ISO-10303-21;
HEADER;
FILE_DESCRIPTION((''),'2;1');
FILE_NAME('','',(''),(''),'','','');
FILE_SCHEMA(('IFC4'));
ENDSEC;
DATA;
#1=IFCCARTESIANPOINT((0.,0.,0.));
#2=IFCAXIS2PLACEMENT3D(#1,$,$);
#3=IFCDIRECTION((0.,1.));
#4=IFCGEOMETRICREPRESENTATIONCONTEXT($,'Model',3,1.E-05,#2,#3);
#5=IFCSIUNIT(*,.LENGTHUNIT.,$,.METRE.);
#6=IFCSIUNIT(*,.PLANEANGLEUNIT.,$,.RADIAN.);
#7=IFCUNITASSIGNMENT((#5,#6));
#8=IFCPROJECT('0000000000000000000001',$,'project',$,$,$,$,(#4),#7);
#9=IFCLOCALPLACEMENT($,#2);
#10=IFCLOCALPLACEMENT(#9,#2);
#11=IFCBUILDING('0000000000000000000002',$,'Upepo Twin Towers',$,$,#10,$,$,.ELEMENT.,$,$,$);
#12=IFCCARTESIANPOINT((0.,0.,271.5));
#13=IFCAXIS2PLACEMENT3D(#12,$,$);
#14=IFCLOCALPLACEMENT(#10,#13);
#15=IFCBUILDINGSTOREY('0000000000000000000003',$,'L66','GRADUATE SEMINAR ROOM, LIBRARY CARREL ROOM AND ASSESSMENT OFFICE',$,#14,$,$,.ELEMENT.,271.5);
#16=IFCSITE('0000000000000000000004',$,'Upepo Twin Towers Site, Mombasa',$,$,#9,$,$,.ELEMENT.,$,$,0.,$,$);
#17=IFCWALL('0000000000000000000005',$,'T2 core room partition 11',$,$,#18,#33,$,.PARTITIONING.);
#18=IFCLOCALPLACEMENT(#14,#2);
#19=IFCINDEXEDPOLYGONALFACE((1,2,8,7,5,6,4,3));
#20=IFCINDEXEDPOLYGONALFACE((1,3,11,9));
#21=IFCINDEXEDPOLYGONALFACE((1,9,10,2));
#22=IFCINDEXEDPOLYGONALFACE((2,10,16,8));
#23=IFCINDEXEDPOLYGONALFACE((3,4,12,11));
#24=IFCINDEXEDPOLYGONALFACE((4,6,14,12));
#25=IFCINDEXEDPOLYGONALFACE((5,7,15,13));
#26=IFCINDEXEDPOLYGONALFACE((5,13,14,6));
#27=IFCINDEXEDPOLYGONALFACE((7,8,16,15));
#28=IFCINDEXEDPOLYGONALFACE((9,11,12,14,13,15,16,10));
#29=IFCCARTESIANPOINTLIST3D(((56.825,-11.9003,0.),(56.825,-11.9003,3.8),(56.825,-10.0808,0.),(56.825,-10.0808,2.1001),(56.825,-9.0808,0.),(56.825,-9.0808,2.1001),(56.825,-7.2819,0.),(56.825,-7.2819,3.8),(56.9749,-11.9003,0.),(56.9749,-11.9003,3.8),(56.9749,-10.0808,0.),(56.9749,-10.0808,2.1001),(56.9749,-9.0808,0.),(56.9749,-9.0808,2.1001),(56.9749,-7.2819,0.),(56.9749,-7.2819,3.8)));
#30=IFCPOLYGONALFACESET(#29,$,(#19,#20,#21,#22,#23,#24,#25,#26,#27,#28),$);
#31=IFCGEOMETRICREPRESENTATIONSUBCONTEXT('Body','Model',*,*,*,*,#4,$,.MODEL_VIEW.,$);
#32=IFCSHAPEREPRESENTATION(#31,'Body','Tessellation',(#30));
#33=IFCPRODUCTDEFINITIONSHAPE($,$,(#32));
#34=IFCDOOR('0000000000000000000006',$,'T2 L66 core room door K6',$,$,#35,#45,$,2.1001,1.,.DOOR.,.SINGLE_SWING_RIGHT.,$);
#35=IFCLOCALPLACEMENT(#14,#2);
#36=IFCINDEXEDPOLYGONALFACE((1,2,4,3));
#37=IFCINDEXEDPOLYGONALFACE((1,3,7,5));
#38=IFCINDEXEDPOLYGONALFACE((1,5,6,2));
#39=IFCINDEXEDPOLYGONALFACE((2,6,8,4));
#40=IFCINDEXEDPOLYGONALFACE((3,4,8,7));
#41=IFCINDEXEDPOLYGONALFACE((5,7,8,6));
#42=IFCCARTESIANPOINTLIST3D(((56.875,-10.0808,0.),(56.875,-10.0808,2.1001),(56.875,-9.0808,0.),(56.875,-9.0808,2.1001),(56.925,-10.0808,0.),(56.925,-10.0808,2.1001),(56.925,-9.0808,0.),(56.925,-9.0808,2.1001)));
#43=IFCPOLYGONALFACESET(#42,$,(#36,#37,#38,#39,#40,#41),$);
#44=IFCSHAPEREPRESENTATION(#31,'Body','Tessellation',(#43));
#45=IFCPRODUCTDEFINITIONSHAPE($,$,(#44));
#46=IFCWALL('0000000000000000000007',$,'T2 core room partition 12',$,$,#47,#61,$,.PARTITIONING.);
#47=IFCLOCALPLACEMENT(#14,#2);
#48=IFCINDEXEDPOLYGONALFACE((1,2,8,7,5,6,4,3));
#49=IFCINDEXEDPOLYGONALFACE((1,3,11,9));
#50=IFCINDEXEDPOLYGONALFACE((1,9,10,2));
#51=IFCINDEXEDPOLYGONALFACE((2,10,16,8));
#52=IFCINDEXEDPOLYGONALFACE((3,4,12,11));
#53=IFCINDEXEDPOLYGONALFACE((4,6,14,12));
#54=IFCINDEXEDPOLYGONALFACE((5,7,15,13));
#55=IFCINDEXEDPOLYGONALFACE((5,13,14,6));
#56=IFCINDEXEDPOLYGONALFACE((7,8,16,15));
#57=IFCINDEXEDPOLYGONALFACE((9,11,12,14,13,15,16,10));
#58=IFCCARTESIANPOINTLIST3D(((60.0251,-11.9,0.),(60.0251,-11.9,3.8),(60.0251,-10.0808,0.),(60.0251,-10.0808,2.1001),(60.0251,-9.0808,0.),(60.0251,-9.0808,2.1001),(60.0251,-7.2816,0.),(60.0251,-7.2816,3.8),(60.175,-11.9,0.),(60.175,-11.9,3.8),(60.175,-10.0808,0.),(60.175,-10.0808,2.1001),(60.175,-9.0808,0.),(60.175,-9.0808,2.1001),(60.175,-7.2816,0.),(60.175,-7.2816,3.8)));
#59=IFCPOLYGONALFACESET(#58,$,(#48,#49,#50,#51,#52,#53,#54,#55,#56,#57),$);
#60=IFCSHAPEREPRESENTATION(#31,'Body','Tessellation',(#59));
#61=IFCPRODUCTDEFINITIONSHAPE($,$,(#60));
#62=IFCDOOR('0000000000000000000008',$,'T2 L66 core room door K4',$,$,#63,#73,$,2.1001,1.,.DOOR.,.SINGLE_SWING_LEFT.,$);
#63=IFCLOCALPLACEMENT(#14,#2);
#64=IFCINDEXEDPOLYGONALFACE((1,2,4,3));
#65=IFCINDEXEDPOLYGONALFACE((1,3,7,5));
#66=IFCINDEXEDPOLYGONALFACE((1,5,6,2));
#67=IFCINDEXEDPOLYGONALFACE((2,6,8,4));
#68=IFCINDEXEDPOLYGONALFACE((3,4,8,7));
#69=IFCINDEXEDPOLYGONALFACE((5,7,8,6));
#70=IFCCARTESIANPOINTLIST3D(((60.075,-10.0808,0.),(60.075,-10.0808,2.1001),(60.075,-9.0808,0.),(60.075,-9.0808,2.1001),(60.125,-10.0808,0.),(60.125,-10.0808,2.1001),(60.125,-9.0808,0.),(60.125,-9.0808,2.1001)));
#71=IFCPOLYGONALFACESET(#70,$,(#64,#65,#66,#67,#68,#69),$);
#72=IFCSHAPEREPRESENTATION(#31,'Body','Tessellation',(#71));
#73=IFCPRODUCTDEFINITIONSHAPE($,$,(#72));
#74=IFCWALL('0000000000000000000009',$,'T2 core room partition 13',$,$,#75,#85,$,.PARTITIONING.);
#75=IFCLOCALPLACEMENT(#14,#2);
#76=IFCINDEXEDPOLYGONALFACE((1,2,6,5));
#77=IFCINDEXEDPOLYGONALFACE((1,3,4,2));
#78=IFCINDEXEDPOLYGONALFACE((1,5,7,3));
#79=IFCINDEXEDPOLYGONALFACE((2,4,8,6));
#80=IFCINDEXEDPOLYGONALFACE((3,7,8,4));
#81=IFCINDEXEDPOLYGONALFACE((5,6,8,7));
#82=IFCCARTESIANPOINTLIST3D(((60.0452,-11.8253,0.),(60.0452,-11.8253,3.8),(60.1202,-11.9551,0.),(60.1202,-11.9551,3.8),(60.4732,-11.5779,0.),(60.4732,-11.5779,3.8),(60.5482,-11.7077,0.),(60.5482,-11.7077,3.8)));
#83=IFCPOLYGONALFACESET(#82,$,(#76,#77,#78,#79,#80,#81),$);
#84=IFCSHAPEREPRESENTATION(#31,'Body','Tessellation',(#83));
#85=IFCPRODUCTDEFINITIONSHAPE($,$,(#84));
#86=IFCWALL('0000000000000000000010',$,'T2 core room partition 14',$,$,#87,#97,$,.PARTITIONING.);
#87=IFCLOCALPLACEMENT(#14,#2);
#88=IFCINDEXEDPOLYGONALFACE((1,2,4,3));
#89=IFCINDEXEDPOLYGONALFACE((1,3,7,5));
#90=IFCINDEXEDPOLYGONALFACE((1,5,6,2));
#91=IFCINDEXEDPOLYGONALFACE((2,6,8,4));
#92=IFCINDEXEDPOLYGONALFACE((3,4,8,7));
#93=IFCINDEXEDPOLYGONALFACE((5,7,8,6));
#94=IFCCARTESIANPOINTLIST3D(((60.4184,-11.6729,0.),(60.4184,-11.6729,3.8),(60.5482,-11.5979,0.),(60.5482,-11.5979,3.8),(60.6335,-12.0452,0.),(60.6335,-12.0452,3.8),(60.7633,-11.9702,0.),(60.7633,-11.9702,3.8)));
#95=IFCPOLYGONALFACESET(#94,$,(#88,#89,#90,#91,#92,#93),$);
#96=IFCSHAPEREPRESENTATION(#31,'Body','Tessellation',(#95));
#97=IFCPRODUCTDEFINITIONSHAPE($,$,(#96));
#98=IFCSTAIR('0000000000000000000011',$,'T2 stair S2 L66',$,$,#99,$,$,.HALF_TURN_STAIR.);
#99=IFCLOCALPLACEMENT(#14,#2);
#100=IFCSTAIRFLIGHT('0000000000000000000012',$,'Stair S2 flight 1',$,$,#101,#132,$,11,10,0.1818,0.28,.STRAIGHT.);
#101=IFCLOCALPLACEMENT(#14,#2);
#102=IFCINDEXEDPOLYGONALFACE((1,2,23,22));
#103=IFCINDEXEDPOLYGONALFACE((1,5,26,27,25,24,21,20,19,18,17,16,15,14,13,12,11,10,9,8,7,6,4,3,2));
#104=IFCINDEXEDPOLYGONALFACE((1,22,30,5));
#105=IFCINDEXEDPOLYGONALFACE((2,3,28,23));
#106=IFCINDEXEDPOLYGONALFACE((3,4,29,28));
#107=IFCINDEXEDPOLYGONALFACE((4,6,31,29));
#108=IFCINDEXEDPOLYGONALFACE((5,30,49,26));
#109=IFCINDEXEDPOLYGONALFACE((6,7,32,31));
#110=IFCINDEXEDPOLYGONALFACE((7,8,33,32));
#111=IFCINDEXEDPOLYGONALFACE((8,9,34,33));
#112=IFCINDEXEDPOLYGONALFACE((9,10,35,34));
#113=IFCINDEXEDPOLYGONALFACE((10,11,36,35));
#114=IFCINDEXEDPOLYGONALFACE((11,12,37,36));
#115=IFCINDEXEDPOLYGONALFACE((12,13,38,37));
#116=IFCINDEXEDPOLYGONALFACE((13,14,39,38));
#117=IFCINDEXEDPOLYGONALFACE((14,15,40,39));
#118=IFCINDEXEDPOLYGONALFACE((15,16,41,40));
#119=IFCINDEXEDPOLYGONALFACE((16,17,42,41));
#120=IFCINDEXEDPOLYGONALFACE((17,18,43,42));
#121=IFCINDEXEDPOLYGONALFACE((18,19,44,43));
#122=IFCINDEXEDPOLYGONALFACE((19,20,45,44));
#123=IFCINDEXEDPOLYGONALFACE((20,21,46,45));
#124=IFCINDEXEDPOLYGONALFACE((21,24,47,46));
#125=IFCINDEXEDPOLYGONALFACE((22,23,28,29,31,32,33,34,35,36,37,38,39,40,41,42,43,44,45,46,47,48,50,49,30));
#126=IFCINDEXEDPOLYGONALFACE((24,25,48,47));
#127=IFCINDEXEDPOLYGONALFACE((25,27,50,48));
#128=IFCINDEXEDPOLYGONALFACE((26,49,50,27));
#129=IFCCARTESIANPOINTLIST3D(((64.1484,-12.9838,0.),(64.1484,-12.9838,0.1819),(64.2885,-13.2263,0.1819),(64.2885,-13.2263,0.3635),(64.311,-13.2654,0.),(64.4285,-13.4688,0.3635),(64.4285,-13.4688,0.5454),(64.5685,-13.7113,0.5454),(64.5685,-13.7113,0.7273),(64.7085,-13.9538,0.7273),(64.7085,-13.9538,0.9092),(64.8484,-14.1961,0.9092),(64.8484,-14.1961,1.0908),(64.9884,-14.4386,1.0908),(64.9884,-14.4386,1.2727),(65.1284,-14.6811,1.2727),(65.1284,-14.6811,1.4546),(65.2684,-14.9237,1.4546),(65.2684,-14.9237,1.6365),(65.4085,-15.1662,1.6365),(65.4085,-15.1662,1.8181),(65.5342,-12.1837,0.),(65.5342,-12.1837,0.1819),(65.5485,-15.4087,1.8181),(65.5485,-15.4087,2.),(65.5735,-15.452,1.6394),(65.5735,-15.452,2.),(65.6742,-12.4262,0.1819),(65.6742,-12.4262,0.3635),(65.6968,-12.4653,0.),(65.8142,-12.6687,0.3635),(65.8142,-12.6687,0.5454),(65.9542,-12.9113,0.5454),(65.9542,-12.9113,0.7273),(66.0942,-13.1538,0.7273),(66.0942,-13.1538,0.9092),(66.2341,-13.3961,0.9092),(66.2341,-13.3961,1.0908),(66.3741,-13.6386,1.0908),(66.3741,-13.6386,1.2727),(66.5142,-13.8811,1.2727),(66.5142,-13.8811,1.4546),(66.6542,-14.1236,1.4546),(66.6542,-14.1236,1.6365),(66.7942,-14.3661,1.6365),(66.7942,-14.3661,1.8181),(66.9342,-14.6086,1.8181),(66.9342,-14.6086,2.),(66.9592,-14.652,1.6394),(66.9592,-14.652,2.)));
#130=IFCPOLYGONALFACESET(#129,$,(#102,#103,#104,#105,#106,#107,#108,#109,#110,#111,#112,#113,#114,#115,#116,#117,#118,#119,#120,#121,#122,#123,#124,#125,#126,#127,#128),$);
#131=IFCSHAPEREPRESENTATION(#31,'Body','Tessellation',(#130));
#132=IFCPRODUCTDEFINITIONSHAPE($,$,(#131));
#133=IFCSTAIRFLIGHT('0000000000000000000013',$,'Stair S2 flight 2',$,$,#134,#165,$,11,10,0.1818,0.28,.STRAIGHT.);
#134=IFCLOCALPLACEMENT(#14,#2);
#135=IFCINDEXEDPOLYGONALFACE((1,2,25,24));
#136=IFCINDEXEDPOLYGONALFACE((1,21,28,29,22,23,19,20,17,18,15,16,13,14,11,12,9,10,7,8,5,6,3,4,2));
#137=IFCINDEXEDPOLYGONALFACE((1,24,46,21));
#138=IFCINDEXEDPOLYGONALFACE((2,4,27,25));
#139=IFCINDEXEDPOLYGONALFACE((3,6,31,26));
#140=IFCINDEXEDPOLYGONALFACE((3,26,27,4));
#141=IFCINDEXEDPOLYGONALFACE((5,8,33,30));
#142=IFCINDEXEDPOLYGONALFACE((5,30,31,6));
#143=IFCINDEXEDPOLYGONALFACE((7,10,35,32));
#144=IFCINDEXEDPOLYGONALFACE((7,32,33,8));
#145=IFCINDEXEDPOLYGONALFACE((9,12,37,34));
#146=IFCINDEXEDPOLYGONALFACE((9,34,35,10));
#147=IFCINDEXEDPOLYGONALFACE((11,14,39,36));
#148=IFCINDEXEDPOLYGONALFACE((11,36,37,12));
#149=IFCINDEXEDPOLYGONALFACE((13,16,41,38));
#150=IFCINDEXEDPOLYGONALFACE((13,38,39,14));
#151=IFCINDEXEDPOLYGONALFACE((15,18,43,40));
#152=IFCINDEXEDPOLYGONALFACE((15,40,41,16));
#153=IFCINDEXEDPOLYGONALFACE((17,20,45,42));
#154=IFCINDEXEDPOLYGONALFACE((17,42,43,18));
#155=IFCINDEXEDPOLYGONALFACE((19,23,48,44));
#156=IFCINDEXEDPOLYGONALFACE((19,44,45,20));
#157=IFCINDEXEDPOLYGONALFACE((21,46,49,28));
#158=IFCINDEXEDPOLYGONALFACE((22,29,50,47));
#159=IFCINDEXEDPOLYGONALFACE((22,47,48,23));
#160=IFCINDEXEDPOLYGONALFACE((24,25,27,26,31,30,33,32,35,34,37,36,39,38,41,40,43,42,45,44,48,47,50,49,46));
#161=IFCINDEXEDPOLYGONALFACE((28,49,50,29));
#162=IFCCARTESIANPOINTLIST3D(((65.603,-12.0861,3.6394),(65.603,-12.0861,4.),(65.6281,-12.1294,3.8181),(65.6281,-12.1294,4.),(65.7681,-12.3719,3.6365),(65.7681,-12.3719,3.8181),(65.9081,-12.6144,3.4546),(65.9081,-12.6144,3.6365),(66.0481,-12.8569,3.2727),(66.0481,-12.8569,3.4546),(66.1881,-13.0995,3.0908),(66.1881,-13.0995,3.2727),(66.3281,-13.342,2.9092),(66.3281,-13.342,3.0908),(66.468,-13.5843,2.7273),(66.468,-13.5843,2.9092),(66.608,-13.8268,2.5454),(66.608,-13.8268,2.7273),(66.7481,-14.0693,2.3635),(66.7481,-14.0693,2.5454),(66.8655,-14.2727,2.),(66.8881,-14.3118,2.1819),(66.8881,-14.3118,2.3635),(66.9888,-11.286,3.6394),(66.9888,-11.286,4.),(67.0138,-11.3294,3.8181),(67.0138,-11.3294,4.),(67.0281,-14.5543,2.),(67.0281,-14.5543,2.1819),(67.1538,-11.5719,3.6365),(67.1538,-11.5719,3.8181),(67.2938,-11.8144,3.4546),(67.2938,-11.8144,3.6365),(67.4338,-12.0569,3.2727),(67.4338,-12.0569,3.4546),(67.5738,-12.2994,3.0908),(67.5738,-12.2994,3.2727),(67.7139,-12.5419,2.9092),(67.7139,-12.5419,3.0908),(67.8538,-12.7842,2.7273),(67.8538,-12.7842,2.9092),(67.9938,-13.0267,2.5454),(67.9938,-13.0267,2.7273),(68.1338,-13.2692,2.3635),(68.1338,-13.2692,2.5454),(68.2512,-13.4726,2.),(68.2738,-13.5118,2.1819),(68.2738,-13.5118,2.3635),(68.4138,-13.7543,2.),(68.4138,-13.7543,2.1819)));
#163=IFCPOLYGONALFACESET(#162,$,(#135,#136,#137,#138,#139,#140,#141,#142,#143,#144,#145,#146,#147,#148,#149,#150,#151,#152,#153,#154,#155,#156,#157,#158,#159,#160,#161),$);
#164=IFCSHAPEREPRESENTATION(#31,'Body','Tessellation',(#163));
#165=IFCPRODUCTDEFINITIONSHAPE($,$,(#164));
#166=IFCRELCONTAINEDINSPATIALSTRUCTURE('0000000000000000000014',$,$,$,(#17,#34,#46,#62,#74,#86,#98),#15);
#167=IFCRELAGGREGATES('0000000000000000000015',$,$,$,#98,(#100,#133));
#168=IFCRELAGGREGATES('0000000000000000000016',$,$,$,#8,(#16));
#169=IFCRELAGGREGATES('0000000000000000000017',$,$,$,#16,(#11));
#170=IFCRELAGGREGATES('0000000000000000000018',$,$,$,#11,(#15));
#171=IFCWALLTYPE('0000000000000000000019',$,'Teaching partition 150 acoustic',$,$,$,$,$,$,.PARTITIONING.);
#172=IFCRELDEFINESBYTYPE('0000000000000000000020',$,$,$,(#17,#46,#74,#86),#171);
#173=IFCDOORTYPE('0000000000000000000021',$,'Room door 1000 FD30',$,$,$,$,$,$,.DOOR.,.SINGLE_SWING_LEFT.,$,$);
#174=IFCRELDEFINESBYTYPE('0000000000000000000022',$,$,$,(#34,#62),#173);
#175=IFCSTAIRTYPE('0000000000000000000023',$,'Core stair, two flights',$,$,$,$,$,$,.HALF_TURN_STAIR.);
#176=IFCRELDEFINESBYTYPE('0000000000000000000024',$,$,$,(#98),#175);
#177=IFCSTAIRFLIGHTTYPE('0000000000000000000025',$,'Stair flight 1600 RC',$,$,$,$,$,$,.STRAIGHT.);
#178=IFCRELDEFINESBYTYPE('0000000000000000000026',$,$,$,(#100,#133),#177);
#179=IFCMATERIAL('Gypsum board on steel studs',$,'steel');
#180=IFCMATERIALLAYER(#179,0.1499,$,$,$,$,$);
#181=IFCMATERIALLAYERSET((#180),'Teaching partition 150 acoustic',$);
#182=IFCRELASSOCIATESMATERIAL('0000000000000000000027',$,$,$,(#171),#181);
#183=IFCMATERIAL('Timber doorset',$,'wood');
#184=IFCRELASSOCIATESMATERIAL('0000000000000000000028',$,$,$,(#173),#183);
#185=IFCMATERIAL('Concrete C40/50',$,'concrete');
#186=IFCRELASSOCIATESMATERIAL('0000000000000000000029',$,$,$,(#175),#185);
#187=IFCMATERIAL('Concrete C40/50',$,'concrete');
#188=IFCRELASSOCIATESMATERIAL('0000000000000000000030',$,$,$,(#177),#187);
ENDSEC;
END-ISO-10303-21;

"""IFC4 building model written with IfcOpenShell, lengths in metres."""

from ifc_helpers import new_model, si_unit, direction, frame, frame_2d, origin, place, context, subcontext, project, spatial, polyline, rectangle, outline, extrude, material, layer, layer_set, type_object, element, fill, aggregate, save


model = new_model("IFC4")

# Units and contexts
model_context = context("Model", 3, precision=1e-05, world=origin(), true_north=direction((0.0, 1.0)))
body_context = subcontext(model_context, "Body", "Model", "MODEL_VIEW")
ifc_project = project(units=[si_unit("LENGTHUNIT", "METRE"), si_unit("PLANEANGLEUNIT", "RADIAN")], contexts=[model_context])

# Site, building, storey
site_placement = place(None, origin())
site = spatial("IfcSite", under=ifc_project, at=site_placement, Name="Upepo Twin Towers Site, Mombasa", CompositionType="ELEMENT", RefElevation=0.0)
building_placement = place(site_placement, origin())
building = spatial("IfcBuilding", under=site, at=building_placement, Name="Upepo Twin Towers", CompositionType="ELEMENT")
storey_placement = place(building_placement, frame((0.0, 0.0, 271.5)))
storey = spatial("IfcBuildingStorey", under=building, at=storey_placement, Name="L66", Description="GRADUATE SEMINAR ROOM, LIBRARY CARREL ROOM AND ASSESSMENT OFFICE", CompositionType="ELEMENT", Elevation=271.5)

# Walls, openings, doors
ifc_material_1 = material(Name="Gypsum board on steel studs", Category="steel")
ifc_layer_1 = layer(ifc_material_1, 0.1499)
ifc_layer_set_1 = layer_set([ifc_layer_1], Name="Teaching partition 150 acoustic")
wall_type_1 = type_object("IfcWallType", Name="Teaching partition 150 acoustic", PredefinedType="PARTITIONING", material=ifc_layer_set_1)
wall_1_placement = place(storey_placement, frame((56.8999, -11.9001, 0.0), z_axis=(0.0, 0.0, 1.0), x_axis=(0.0, 1.0, 0.0)))
wall_1 = element("IfcWall", 1, at=wall_1_placement, inside=storey, type_object=wall_type_1, Name="T2 core room partition 11", PredefinedType="PARTITIONING", context=body_context, shape_type="SweptSolid", body=[
    extrude(rectangle(XDim=4.6184, YDim=0.1499, at=frame_2d((2.3091, 0.0))), origin(), (0.0, 0.0, 1.0), 3.8),
])
opening_1_placement = place(wall_1_placement, frame((1.8193, 0.0, 0.0)))
opening_1 = element("IfcOpeningElement", 2, at=opening_1_placement, cuts=wall_1, PredefinedType="OPENING", context=body_context, shape_type="SweptSolid", body=[
    extrude(rectangle(XDim=1.0, YDim=2.1001, at=frame_2d((0.5, 1.05))), frame((0.0, 0.085, 0.0), z_axis=(0.0, -1.0, 0.0), x_axis=(1.0, 0.0, 0.0)), (0.0, 0.0, 1.0), 0.1699),
])
ifc_material_2 = material(Name="Timber doorset", Category="wood")
door_type_1 = type_object("IfcDoorType", Name="Room door 1000 FD30", OperationType="SINGLE_SWING_LEFT", PredefinedType="DOOR", material=ifc_material_2)
door_1_placement = place(opening_1_placement, origin())
door_1 = element("IfcDoor", 3, at=door_1_placement, inside=storey, type_object=door_type_1, Name="T2 L66 core room door K6", OperationType="SINGLE_SWING_RIGHT", OverallHeight=2.1001, OverallWidth=1.0, PredefinedType="DOOR", context=body_context, shape_type="SweptSolid", body=[
    extrude(rectangle(XDim=1.0, YDim=2.1001, at=frame_2d((0.5, 1.05))), frame((0.0, 0.0249, 0.0), z_axis=(0.0, -1.0, 0.0), x_axis=(1.0, 0.0, 0.0)), (0.0, 0.0, 1.0), 0.05),
])
fill(opening_1, door_1)
wall_2_placement = place(storey_placement, frame((60.1001, -7.2817, 0.0), z_axis=(0.0, 0.0, 1.0), x_axis=(0.0, -1.0, 0.0)))
wall_2 = element("IfcWall", 4, at=wall_2_placement, inside=storey, type_object=wall_type_1, Name="T2 core room partition 12", PredefinedType="PARTITIONING", context=body_context, shape_type="SweptSolid", body=[
    extrude(rectangle(XDim=4.6184, YDim=0.1499, at=frame_2d((2.3091, 0.0))), origin(), (0.0, 0.0, 1.0), 3.8),
])
opening_2_placement = place(wall_2_placement, frame((1.7991, 0.0, 0.0)))
opening_2 = element("IfcOpeningElement", 5, at=opening_2_placement, cuts=wall_2, PredefinedType="OPENING", context=body_context, shape_type="SweptSolid", body=[
    extrude(rectangle(XDim=1.0, YDim=2.1001, at=frame_2d((0.5, 1.05))), frame((0.0, 0.085, 0.0), z_axis=(0.0, -1.0, 0.0), x_axis=(1.0, 0.0, 0.0)), (0.0, 0.0, 1.0), 0.1699),
])
door_2_placement = place(opening_2_placement, origin())
door_2 = element("IfcDoor", 6, at=door_2_placement, inside=storey, type_object=door_type_1, Name="T2 L66 core room door K4", OperationType="SINGLE_SWING_LEFT", OverallHeight=2.1001, OverallWidth=1.0, PredefinedType="DOOR", context=body_context, shape_type="SweptSolid", body=[
    extrude(rectangle(XDim=1.0, YDim=2.1001, at=frame_2d((0.5, 1.05))), frame((0.0, 0.0249, 0.0), z_axis=(0.0, -1.0, 0.0), x_axis=(1.0, 0.0, 0.0)), (0.0, 0.0, 1.0), 0.05),
])
fill(opening_2, door_2)

# Walls
wall_3_placement = place(storey_placement, frame((60.0828, -11.8901, 0.0), z_axis=(0.0, 0.0, 1.0), x_axis=(0.865832, 0.500335, 0.0)))
element("IfcWall", 7, at=wall_3_placement, inside=storey, type_object=wall_type_1, Name="T2 core room partition 13", PredefinedType="PARTITIONING", context=body_context, shape_type="SweptSolid", body=[
    extrude(rectangle(XDim=0.4944, YDim=0.1499, at=frame_2d((0.2471, 0.0))), origin(), (0.0, 0.0, 1.0), 3.8),
])
wall_4_placement = place(storey_placement, frame((60.4834, -11.6355, 0.0), z_axis=(0.0, 0.0, 1.0), x_axis=(0.50023, -0.865892, 0.0)))
element("IfcWall", 8, at=wall_4_placement, inside=storey, type_object=wall_type_1, Name="T2 core room partition 14", PredefinedType="PARTITIONING", context=body_context, shape_type="SweptSolid", body=[
    extrude(rectangle(XDim=0.4299, YDim=0.1499, at=frame_2d((0.2148, 0.0))), origin(), (0.0, 0.0, 1.0), 3.8),
])

# Stair, stair flights
ifc_material_3 = material(Name="Concrete C40/50", Category="concrete")
stair_type = type_object("IfcStairType", Name="Core stair, two flights", PredefinedType="HALF_TURN_STAIR", material=ifc_material_3)
stair_placement = place(storey_placement, origin())
stair = element("IfcStair", 9, at=stair_placement, inside=storey, type_object=stair_type, Name="T2 stair S2 L66", PredefinedType="HALF_TURN_STAIR")
ifc_material_4 = material(Name="Concrete C40/50", Category="concrete")
stair_flight_type = type_object("IfcStairFlightType", Name="Stair flight 1600 RC", PredefinedType="STRAIGHT", material=ifc_material_4)
stair_flight_1_placement = place(storey_placement, frame((64.8413, -12.5837, 0.0), z_axis=(0.0, 0.0, 1.0), x_axis=(0.5, -0.866025, 0.0)))
stair_flight_1 = element("IfcStairFlight", 10, at=stair_flight_1_placement, type_object=stair_flight_type, Name="Stair S2 flight 1", NumberOfRisers=11, NumberOfTreads=10, PredefinedType="STRAIGHT", RiserHeight=0.1818, TreadLength=0.28, context=body_context, shape_type="SweptSolid", body=[
    extrude(outline(polyline([(0.0, 0.0), (0.0, 0.1819), (0.28, 0.1819), (0.28, 0.3635), (0.5601, 0.3635), (0.5601, 0.5454), (0.8401, 0.5454), (0.8401, 0.7273), (1.1201, 0.7273), (1.1201, 0.9092), (1.3999, 0.9092), (1.3999, 1.0908), (1.6799, 1.0908), (1.6799, 1.2727), (1.96, 1.2727), (1.96, 1.4546), (2.24, 1.4546), (2.24, 1.6365), (2.52, 1.6365), (2.52, 1.8181), (2.8, 1.8181), (2.8, 2.0), (2.8501, 2.0), (2.8501, 1.6394), (0.3252, 0.0), (0.0, 0.0)])), frame((0.0, 0.8, 0.0), z_axis=(0.0, -1.0, 0.0), x_axis=(1.0, 0.0, 0.0)), (0.0, 0.0, 1.0), 1.6001),
])
stair_flight_2_placement = place(storey_placement, frame((67.7209, -14.1543, 2.0), z_axis=(0.0, 0.0, 1.0), x_axis=(-0.5, 0.866025, 0.0)))
stair_flight_2 = element("IfcStairFlight", 11, at=stair_flight_2_placement, type_object=stair_flight_type, Name="Stair S2 flight 2", NumberOfRisers=11, NumberOfTreads=10, PredefinedType="STRAIGHT", RiserHeight=0.1818, TreadLength=0.28, context=body_context, shape_type="SweptSolid", body=[
    extrude(outline(polyline([(0.0, 0.0), (0.0, 0.1819), (0.28, 0.1819), (0.28, 0.3635), (0.5601, 0.3635), (0.5601, 0.5454), (0.8401, 0.5454), (0.8401, 0.7273), (1.1201, 0.7273), (1.1201, 0.9092), (1.3999, 0.9092), (1.3999, 1.0908), (1.6799, 1.0908), (1.6799, 1.2727), (1.96, 1.2727), (1.96, 1.4546), (2.24, 1.4546), (2.24, 1.6365), (2.52, 1.6365), (2.52, 1.8181), (2.8, 1.8181), (2.8, 2.0), (2.8501, 2.0), (2.8501, 1.6394), (0.3252, 0.0), (0.0, 0.0)])), frame((0.0, 0.8, 0.0), z_axis=(0.0, -1.0, 0.0), x_axis=(1.0, 0.0, 0.0)), (0.0, 0.0, 1.0), 1.6001),
])
aggregate(stair, [stair_flight_1, stair_flight_2])

save(model, "model.ifc")
